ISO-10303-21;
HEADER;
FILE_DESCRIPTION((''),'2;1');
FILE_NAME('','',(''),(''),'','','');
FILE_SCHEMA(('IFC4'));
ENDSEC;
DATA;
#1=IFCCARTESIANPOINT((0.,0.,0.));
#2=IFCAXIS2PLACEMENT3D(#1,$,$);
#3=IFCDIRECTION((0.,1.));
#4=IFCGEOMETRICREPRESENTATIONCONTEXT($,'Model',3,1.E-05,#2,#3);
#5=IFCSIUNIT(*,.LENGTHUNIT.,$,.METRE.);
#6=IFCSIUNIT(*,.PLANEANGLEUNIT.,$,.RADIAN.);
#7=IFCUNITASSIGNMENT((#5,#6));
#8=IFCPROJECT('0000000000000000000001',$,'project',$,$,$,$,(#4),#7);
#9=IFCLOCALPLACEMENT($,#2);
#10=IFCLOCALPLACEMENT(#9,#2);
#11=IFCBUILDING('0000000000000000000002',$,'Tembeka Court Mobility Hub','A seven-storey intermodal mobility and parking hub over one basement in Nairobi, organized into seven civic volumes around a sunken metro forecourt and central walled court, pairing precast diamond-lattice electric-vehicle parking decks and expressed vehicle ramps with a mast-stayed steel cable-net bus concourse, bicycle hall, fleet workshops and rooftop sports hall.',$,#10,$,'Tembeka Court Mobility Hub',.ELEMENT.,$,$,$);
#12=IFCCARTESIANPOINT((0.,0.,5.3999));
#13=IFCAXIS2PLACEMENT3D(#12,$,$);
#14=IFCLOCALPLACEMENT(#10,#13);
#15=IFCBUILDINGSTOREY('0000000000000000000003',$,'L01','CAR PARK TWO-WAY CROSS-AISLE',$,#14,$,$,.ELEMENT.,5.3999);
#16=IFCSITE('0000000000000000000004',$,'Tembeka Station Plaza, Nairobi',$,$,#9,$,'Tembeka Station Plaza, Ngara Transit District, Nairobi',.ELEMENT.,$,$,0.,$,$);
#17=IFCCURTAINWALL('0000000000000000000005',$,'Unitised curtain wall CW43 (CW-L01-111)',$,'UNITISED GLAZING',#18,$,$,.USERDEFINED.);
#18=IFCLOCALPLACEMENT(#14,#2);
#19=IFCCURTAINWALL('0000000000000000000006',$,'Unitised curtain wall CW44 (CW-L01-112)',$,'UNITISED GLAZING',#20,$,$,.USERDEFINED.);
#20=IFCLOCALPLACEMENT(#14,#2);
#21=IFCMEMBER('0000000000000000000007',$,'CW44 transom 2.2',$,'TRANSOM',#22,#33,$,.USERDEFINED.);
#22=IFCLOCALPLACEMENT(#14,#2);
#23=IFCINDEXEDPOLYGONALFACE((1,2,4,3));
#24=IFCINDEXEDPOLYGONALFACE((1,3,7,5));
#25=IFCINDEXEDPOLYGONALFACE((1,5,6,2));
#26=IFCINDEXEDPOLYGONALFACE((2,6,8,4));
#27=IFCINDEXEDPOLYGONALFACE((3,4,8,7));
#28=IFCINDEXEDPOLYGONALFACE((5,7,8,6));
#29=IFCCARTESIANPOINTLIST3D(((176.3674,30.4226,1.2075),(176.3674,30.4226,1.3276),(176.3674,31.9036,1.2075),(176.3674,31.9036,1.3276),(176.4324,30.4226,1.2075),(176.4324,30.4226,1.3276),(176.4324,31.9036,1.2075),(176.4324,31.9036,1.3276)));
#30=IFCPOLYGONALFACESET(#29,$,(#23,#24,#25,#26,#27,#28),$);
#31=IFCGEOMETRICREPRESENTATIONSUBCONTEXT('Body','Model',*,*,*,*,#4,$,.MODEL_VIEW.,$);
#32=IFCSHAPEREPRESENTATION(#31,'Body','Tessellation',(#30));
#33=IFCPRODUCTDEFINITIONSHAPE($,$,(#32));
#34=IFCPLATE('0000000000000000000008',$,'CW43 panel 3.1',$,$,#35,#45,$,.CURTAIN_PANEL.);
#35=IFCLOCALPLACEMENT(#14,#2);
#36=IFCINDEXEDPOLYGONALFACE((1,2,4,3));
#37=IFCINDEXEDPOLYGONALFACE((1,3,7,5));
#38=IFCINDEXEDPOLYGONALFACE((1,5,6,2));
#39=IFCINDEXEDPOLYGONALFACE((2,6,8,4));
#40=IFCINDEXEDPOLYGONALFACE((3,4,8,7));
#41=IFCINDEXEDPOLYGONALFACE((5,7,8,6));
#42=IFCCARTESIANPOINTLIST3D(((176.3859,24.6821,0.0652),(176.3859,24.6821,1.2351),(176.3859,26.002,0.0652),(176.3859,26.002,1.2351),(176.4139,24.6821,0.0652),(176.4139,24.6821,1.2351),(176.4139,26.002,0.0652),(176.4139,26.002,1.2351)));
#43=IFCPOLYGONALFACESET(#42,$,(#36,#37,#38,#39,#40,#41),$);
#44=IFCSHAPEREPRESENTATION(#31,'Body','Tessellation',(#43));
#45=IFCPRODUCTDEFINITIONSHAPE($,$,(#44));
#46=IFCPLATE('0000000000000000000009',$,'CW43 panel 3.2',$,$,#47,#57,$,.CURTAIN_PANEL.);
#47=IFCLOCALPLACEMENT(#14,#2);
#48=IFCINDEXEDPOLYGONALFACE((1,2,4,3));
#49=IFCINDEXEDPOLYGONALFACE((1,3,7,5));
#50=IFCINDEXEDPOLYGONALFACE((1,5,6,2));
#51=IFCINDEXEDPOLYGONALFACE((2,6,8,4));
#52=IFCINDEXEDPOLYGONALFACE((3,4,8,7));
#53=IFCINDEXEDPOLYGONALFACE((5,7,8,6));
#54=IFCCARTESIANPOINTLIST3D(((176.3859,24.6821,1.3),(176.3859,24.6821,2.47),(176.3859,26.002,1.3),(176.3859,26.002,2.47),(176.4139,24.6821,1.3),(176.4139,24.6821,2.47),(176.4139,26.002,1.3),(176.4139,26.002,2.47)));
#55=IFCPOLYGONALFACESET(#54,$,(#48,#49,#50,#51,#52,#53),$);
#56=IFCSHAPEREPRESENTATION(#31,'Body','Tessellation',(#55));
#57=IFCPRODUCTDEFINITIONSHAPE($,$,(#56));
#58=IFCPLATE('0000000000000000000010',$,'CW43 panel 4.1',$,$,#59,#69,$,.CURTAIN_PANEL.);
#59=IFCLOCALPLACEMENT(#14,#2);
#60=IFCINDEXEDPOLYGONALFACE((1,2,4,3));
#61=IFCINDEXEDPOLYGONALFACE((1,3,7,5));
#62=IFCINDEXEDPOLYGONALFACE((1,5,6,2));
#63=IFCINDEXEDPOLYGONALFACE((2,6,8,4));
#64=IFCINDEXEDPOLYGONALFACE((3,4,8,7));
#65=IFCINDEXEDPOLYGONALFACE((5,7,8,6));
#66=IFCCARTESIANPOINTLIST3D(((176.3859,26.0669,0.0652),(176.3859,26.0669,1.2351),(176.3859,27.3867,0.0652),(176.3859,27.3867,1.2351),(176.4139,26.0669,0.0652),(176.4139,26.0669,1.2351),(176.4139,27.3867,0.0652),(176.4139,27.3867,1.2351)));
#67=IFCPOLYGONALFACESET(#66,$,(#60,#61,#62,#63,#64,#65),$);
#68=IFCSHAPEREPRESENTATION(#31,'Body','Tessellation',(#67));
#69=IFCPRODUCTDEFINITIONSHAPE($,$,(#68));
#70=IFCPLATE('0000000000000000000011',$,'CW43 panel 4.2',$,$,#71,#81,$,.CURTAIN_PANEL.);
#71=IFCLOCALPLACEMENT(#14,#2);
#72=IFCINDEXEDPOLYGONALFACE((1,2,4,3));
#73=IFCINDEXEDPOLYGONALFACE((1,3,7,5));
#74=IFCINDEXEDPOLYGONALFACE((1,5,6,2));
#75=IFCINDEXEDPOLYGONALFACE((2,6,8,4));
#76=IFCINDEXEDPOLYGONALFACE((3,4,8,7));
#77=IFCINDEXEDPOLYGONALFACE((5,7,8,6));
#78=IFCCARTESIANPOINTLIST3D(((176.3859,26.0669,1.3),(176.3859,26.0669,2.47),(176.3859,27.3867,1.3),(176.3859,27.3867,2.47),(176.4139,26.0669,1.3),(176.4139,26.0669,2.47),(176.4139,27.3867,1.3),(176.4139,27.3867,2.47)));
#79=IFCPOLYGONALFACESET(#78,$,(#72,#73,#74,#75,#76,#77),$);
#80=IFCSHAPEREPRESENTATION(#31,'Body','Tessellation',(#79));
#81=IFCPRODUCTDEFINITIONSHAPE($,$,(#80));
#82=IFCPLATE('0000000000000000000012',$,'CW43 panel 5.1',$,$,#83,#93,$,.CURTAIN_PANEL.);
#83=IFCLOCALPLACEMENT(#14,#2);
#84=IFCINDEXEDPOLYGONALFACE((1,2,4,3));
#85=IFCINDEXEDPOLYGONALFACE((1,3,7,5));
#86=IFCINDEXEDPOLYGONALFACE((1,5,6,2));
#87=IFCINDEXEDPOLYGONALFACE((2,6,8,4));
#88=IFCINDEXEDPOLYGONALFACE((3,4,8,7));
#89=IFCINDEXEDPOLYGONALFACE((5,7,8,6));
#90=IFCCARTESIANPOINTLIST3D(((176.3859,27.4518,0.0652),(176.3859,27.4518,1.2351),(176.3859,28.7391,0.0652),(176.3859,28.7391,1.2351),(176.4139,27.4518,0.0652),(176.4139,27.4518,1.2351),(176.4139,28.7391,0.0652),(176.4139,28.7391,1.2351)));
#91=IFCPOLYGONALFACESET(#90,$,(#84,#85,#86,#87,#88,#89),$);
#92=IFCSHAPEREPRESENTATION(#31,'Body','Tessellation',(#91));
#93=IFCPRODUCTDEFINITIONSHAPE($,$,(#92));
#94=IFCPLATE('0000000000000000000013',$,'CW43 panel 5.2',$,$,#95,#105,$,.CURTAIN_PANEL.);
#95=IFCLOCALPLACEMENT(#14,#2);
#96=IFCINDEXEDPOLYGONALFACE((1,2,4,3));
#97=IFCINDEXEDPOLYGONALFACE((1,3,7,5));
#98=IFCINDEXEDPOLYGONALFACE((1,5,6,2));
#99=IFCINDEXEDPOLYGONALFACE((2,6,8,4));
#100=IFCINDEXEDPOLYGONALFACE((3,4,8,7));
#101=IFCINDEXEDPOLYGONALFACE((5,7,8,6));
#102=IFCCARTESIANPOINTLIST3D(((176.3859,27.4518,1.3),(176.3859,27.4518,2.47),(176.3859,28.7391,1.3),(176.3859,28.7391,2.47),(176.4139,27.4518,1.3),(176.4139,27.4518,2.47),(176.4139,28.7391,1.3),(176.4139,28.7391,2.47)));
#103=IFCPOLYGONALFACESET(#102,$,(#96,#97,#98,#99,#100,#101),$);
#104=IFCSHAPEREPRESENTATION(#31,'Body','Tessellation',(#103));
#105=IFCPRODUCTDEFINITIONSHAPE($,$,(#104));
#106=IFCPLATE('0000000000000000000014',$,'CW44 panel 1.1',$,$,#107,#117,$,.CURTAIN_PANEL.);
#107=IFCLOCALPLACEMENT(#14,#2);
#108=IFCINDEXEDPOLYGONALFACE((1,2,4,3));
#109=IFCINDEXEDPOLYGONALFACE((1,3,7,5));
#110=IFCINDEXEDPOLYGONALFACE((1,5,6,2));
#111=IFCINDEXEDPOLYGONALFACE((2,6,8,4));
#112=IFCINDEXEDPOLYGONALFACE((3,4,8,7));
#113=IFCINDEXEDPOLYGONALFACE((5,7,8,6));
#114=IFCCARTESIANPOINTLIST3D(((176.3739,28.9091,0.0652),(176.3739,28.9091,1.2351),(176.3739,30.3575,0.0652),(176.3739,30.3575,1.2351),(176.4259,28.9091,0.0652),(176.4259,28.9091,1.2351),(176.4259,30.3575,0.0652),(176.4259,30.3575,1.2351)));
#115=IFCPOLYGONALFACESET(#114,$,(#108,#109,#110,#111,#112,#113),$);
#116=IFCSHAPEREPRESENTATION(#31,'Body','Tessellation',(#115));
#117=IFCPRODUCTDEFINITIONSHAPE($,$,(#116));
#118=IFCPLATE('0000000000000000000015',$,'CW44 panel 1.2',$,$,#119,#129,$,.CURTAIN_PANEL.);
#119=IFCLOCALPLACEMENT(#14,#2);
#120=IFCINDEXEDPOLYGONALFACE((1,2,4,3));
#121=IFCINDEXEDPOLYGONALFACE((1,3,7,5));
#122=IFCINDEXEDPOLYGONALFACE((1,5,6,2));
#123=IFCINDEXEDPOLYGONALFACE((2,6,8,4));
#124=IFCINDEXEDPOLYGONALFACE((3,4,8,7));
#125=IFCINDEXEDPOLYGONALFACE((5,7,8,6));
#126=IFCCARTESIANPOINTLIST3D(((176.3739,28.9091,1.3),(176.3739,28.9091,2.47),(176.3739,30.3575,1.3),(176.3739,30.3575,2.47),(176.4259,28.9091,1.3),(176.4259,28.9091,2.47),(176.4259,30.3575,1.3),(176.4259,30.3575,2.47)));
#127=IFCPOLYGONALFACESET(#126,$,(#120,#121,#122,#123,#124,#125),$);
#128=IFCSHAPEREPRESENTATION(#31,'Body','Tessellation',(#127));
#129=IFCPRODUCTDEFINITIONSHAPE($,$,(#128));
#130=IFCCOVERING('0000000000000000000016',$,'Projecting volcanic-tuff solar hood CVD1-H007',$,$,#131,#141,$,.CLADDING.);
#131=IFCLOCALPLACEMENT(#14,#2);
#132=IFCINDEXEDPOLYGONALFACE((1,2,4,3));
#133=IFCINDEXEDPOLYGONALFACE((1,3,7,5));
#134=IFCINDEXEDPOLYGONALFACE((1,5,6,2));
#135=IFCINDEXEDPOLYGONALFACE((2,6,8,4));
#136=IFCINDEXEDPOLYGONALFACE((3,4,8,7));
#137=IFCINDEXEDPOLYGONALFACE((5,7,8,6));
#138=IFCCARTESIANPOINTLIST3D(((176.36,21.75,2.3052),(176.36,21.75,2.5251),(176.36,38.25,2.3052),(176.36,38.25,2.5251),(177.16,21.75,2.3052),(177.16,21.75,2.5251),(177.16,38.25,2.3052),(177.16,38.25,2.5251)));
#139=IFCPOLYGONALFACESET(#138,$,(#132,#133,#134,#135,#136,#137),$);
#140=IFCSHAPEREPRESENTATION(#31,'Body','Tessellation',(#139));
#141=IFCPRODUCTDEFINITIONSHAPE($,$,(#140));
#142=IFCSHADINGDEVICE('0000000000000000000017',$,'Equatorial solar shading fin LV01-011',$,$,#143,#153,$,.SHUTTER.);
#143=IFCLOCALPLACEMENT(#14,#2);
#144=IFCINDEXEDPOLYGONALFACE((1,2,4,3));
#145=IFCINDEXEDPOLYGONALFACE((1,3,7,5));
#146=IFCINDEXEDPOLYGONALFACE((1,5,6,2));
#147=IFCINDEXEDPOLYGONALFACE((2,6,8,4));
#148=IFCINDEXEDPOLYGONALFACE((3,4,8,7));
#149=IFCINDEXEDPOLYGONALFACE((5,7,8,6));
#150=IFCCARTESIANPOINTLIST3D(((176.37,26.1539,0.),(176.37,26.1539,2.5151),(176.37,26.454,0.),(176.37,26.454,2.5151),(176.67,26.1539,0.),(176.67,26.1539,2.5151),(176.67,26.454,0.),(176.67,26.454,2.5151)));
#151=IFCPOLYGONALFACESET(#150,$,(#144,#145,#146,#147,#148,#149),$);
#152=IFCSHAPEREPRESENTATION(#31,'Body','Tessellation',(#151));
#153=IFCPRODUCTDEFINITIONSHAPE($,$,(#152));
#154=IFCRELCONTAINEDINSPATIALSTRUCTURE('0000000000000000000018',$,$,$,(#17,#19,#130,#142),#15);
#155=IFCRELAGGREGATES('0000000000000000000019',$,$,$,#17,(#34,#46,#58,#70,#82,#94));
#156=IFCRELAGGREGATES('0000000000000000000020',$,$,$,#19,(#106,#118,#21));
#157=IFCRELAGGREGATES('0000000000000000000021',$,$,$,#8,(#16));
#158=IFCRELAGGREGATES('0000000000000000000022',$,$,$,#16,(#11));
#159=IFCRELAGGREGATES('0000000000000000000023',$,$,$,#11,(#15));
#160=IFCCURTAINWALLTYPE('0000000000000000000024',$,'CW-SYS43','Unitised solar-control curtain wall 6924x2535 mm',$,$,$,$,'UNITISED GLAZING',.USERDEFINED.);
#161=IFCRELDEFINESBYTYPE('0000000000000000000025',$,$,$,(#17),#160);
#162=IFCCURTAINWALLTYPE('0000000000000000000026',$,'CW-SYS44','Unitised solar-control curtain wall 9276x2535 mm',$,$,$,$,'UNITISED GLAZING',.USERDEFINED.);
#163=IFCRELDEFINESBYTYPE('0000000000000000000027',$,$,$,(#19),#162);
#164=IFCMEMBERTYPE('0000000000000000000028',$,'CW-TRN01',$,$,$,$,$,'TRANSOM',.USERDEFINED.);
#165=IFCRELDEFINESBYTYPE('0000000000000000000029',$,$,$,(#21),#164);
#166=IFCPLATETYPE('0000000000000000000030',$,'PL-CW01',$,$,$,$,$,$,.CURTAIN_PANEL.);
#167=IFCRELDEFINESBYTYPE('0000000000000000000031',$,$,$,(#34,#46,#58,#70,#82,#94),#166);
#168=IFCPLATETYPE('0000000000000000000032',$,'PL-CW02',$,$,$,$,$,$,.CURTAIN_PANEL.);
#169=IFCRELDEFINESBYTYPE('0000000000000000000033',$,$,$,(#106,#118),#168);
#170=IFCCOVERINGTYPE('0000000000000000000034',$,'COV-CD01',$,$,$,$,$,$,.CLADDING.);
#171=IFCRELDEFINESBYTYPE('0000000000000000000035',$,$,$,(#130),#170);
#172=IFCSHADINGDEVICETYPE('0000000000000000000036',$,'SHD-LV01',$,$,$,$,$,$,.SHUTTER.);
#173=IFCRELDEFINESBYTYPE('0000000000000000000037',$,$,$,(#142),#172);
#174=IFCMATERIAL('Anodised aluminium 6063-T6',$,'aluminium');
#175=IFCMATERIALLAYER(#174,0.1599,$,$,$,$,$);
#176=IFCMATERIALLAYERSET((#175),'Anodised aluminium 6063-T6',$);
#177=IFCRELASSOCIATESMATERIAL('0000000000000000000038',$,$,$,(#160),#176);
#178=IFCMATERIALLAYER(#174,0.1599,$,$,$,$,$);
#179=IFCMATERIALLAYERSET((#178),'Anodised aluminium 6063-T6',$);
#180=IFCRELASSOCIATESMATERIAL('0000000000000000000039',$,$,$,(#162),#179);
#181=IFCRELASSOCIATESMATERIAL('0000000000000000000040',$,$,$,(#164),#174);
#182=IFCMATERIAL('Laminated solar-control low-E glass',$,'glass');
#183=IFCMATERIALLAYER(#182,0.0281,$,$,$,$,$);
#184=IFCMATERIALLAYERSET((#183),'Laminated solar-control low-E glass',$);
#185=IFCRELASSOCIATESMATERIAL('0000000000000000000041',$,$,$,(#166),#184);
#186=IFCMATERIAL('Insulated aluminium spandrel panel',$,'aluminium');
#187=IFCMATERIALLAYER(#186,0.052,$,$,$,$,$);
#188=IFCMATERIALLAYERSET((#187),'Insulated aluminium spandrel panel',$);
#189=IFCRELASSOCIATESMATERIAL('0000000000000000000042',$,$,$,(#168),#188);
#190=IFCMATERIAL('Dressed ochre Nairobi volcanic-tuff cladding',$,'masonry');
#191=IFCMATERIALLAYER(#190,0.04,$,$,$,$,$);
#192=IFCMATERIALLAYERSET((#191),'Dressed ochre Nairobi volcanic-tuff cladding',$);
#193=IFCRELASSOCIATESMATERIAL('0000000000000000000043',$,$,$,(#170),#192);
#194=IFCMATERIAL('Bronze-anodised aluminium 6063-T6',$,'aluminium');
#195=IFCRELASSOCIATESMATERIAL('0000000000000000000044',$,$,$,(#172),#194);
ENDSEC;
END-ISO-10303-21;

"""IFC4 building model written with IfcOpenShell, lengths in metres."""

from ifc_helpers import new_model, si_unit, direction, frame, origin, origin_2d, place, context, subcontext, project, spatial, rectangle, extrude, material, layer, layer_set, material_profile, profile_set, type_object, element, aggregate, save


model = new_model("IFC4")

# Units and contexts
model_context = context("Model", 3, precision=1e-05, world=origin(), true_north=direction((0.0, 1.0)))
body_context = subcontext(model_context, "Body", "Model", "MODEL_VIEW")
ifc_project = project(units=[si_unit("LENGTHUNIT", "METRE"), si_unit("PLANEANGLEUNIT", "RADIAN")], contexts=[model_context])

# Site, building, storey
site_placement = place(None, origin())
site = spatial("IfcSite", under=ifc_project, at=site_placement, Name="Tembeka Station Plaza, Nairobi", LongName="Tembeka Station Plaza, Ngara Transit District, Nairobi", CompositionType="ELEMENT", RefElevation=0.0)
building_placement = place(site_placement, origin())
building = spatial("IfcBuilding", under=site, at=building_placement, Name="Tembeka Court Mobility Hub", Description="A seven-storey intermodal mobility and parking hub over one basement in Nairobi, organized into seven civic volumes around a sunken metro forecourt and central walled court, pairing precast diamond-lattice electric-vehicle parking decks and expressed vehicle ramps with a mast-stayed steel cable-net bus concourse, bicycle hall, fleet workshops and rooftop sports hall.", LongName="Tembeka Court Mobility Hub", CompositionType="ELEMENT")
storey_placement = place(building_placement, frame((0.0, 0.0, 5.3999)))
storey = spatial("IfcBuildingStorey", under=building, at=storey_placement, Name="L01", Description="CAR PARK TWO-WAY CROSS-AISLE", CompositionType="ELEMENT", Elevation=5.3999)

# Curtain walls
ifc_material_1 = material(Name="Anodised aluminium 6063-T6", Category="aluminium")
ifc_layer_1 = layer(ifc_material_1, 0.1599)
ifc_layer_set_1 = layer_set([ifc_layer_1], Name="Anodised aluminium 6063-T6")
curtain_wall_type_1 = type_object("IfcCurtainWallType", Name="CW-SYS43", Description="Unitised solar-control curtain wall 6924x2535 mm", ElementType="UNITISED GLAZING", PredefinedType="USERDEFINED", material=ifc_layer_set_1)
curtain_wall_1_placement = place(storey_placement, origin())
curtain_wall_1 = element("IfcCurtainWall", 1, at=curtain_wall_1_placement, inside=storey, type_object=curtain_wall_type_1, Name="Unitised curtain wall CW43 (CW-L01-111)", ObjectType="UNITISED GLAZING", PredefinedType="USERDEFINED")
ifc_layer_2 = layer(ifc_material_1, 0.1599)
ifc_layer_set_2 = layer_set([ifc_layer_2], Name="Anodised aluminium 6063-T6")
curtain_wall_type_2 = type_object("IfcCurtainWallType", Name="CW-SYS44", Description="Unitised solar-control curtain wall 9276x2535 mm", ElementType="UNITISED GLAZING", PredefinedType="USERDEFINED", material=ifc_layer_set_2)
curtain_wall_2_placement = place(storey_placement, origin())
curtain_wall_2 = element("IfcCurtainWall", 2, at=curtain_wall_2_placement, inside=storey, type_object=curtain_wall_type_2, Name="Unitised curtain wall CW44 (CW-L01-112)", ObjectType="UNITISED GLAZING", PredefinedType="USERDEFINED")

# Member
ifc_material_profile_1 = material_profile(ifc_material_1, rectangle(XDim=0.0649, YDim=0.1201, at=origin_2d()), Name="ALU-TRN 65x120")
ifc_profile_set_1 = profile_set([ifc_material_profile_1], Name="Anodised aluminium 6063-T6")
member_type_1 = type_object("IfcMemberType", Name="CW-TRN01", ElementType="TRANSOM", PredefinedType="USERDEFINED", material=ifc_profile_set_1)
member_1_placement = place(storey_placement, frame((176.3999, 30.4226, 1.2676), z_axis=(0.0, 1.0, 0.0), x_axis=(-1.0, 0.0, 0.0)))
member_1 = element("IfcMember", 3, at=member_1_placement, type_object=member_type_1, Name="CW44 transom 2.2", ObjectType="TRANSOM", PredefinedType="USERDEFINED", context=body_context, shape_type="SweptSolid", body=[
    extrude(rectangle(XDim=0.0649, YDim=0.1201, at=origin_2d()), origin(), (0.0, 0.0, 1.0), 1.481),
])

# Plates
ifc_material_2 = material(Name="Laminated solar-control low-E glass", Category="glass")
ifc_layer_3 = layer(ifc_material_2, 0.0281)
ifc_layer_set_3 = layer_set([ifc_layer_3], Name="Laminated solar-control low-E glass")
plate_type_1 = type_object("IfcPlateType", Name="PL-CW01", PredefinedType="CURTAIN_PANEL", material=ifc_layer_set_3)
plate_1_placement = place(storey_placement, frame((176.3999, 25.342, 0.0652), z_axis=(0.0, 0.0, 1.0), x_axis=(0.0, 1.0, 0.0)))
plate_1 = element("IfcPlate", 4, at=plate_1_placement, type_object=plate_type_1, Name="CW43 panel 3.1", PredefinedType="CURTAIN_PANEL", context=body_context, shape_type="SweptSolid", body=[
    extrude(rectangle(XDim=1.3198, YDim=0.0281, at=origin_2d()), origin(), (0.0, 0.0, 1.0), 1.1699),
])
plate_2_placement = place(storey_placement, frame((176.3999, 25.342, 1.3), z_axis=(0.0, 0.0, 1.0), x_axis=(0.0, 1.0, 0.0)))
plate_2 = element("IfcPlate", 5, at=plate_2_placement, type_object=plate_type_1, Name="CW43 panel 3.2", PredefinedType="CURTAIN_PANEL", context=body_context, shape_type="SweptSolid", body=[
    extrude(rectangle(XDim=1.3198, YDim=0.0281, at=origin_2d()), origin(), (0.0, 0.0, 1.0), 1.1699),
])
plate_3_placement = place(storey_placement, frame((176.3999, 26.7268, 0.0652), z_axis=(0.0, 0.0, 1.0), x_axis=(0.0, 1.0, 0.0)))
plate_3 = element("IfcPlate", 6, at=plate_3_placement, type_object=plate_type_1, Name="CW43 panel 4.1", PredefinedType="CURTAIN_PANEL", context=body_context, shape_type="SweptSolid", body=[
    extrude(rectangle(XDim=1.3198, YDim=0.0281, at=origin_2d()), origin(), (0.0, 0.0, 1.0), 1.1699),
])
plate_4_placement = place(storey_placement, frame((176.3999, 26.7268, 1.3), z_axis=(0.0, 0.0, 1.0), x_axis=(0.0, 1.0, 0.0)))
plate_4 = element("IfcPlate", 7, at=plate_4_placement, type_object=plate_type_1, Name="CW43 panel 4.2", PredefinedType="CURTAIN_PANEL", context=body_context, shape_type="SweptSolid", body=[
    extrude(rectangle(XDim=1.3198, YDim=0.0281, at=origin_2d()), origin(), (0.0, 0.0, 1.0), 1.1699),
])
plate_5_placement = place(storey_placement, frame((176.3999, 28.0955, 0.0652), z_axis=(0.0, 0.0, 1.0), x_axis=(0.0, 1.0, 0.0)))
plate_5 = element("IfcPlate", 8, at=plate_5_placement, type_object=plate_type_1, Name="CW43 panel 5.1", PredefinedType="CURTAIN_PANEL", context=body_context, shape_type="SweptSolid", body=[
    extrude(rectangle(XDim=1.2874, YDim=0.0281, at=origin_2d()), origin(), (0.0, 0.0, 1.0), 1.1699),
])
plate_6_placement = place(storey_placement, frame((176.3999, 28.0955, 1.3), z_axis=(0.0, 0.0, 1.0), x_axis=(0.0, 1.0, 0.0)))
plate_6 = element("IfcPlate", 9, at=plate_6_placement, type_object=plate_type_1, Name="CW43 panel 5.2", PredefinedType="CURTAIN_PANEL", context=body_context, shape_type="SweptSolid", body=[
    extrude(rectangle(XDim=1.2874, YDim=0.0281, at=origin_2d()), origin(), (0.0, 0.0, 1.0), 1.1699),
])
aggregate(curtain_wall_1, [plate_1, plate_2, plate_3, plate_4, plate_5, plate_6])
ifc_material_3 = material(Name="Insulated aluminium spandrel panel", Category="aluminium")
ifc_layer_4 = layer(ifc_material_3, 0.052)
ifc_layer_set_4 = layer_set([ifc_layer_4], Name="Insulated aluminium spandrel panel")
plate_type_2 = type_object("IfcPlateType", Name="PL-CW02", PredefinedType="CURTAIN_PANEL", material=ifc_layer_set_4)
plate_7_placement = place(storey_placement, frame((176.3999, 29.6333, 0.0652), z_axis=(0.0, 0.0, 1.0), x_axis=(0.0, 1.0, 0.0)))
plate_7 = element("IfcPlate", 10, at=plate_7_placement, type_object=plate_type_2, Name="CW44 panel 1.1", PredefinedType="CURTAIN_PANEL", context=body_context, shape_type="SweptSolid", body=[
    extrude(rectangle(XDim=1.4485, YDim=0.052, at=origin_2d()), origin(), (0.0, 0.0, 1.0), 1.1699),
])
plate_8_placement = place(storey_placement, frame((176.3999, 29.6333, 1.3), z_axis=(0.0, 0.0, 1.0), x_axis=(0.0, 1.0, 0.0)))
plate_8 = element("IfcPlate", 11, at=plate_8_placement, type_object=plate_type_2, Name="CW44 panel 1.2", PredefinedType="CURTAIN_PANEL", context=body_context, shape_type="SweptSolid", body=[
    extrude(rectangle(XDim=1.4485, YDim=0.052, at=origin_2d()), origin(), (0.0, 0.0, 1.0), 1.1699),
])
aggregate(curtain_wall_2, [plate_7, plate_8, member_1])

# Covering
ifc_material_4 = material(Name="Dressed ochre Nairobi volcanic-tuff cladding", Category="masonry")
ifc_layer_5 = layer(ifc_material_4, 0.04)
ifc_layer_set_5 = layer_set([ifc_layer_5], Name="Dressed ochre Nairobi volcanic-tuff cladding")
covering_type = type_object("IfcCoveringType", Name="COV-CD01", PredefinedType="CLADDING", material=ifc_layer_set_5)
covering_placement = place(storey_placement, frame((176.76, 30.0, 2.3052), z_axis=(0.0, 0.0, 1.0), x_axis=(0.0, 1.0, 0.0)))
element("IfcCovering", 12, at=covering_placement, inside=storey, type_object=covering_type, Name="Projecting volcanic-tuff solar hood CVD1-H007", PredefinedType="CLADDING", context=body_context, shape_type="SweptSolid", body=[
    extrude(rectangle(XDim=16.5, YDim=0.8, at=origin_2d()), origin(), (0.0, 0.0, 1.0), 0.22),
])

# Shading device
ifc_material_5 = material(Name="Bronze-anodised aluminium 6063-T6", Category="aluminium")
ifc_material_profile_2 = material_profile(ifc_material_5, rectangle(XDim=0.3, YDim=0.3, at=origin_2d()), Name="ALU-LVR 300x300")
ifc_profile_set_2 = profile_set([ifc_material_profile_2], Name="Bronze-anodised aluminium 6063-T6")
shading_device_type = type_object("IfcShadingDeviceType", Name="SHD-LV01", PredefinedType="SHUTTER", material=ifc_profile_set_2)
shading_device_placement = place(storey_placement, frame((176.52, 26.304, 0.0), z_axis=(0.0, 0.0, 1.0), x_axis=(1.0, 0.0, 0.0)))
element("IfcShadingDevice", 13, at=shading_device_placement, inside=storey, type_object=shading_device_type, Name="Equatorial solar shading fin LV01-011", PredefinedType="SHUTTER", context=body_context, shape_type="SweptSolid", body=[
    extrude(rectangle(XDim=0.3, YDim=0.3, at=origin_2d()), origin(), (0.0, 0.0, 1.0), 2.5151),
])

save(model, "model.ifc")
